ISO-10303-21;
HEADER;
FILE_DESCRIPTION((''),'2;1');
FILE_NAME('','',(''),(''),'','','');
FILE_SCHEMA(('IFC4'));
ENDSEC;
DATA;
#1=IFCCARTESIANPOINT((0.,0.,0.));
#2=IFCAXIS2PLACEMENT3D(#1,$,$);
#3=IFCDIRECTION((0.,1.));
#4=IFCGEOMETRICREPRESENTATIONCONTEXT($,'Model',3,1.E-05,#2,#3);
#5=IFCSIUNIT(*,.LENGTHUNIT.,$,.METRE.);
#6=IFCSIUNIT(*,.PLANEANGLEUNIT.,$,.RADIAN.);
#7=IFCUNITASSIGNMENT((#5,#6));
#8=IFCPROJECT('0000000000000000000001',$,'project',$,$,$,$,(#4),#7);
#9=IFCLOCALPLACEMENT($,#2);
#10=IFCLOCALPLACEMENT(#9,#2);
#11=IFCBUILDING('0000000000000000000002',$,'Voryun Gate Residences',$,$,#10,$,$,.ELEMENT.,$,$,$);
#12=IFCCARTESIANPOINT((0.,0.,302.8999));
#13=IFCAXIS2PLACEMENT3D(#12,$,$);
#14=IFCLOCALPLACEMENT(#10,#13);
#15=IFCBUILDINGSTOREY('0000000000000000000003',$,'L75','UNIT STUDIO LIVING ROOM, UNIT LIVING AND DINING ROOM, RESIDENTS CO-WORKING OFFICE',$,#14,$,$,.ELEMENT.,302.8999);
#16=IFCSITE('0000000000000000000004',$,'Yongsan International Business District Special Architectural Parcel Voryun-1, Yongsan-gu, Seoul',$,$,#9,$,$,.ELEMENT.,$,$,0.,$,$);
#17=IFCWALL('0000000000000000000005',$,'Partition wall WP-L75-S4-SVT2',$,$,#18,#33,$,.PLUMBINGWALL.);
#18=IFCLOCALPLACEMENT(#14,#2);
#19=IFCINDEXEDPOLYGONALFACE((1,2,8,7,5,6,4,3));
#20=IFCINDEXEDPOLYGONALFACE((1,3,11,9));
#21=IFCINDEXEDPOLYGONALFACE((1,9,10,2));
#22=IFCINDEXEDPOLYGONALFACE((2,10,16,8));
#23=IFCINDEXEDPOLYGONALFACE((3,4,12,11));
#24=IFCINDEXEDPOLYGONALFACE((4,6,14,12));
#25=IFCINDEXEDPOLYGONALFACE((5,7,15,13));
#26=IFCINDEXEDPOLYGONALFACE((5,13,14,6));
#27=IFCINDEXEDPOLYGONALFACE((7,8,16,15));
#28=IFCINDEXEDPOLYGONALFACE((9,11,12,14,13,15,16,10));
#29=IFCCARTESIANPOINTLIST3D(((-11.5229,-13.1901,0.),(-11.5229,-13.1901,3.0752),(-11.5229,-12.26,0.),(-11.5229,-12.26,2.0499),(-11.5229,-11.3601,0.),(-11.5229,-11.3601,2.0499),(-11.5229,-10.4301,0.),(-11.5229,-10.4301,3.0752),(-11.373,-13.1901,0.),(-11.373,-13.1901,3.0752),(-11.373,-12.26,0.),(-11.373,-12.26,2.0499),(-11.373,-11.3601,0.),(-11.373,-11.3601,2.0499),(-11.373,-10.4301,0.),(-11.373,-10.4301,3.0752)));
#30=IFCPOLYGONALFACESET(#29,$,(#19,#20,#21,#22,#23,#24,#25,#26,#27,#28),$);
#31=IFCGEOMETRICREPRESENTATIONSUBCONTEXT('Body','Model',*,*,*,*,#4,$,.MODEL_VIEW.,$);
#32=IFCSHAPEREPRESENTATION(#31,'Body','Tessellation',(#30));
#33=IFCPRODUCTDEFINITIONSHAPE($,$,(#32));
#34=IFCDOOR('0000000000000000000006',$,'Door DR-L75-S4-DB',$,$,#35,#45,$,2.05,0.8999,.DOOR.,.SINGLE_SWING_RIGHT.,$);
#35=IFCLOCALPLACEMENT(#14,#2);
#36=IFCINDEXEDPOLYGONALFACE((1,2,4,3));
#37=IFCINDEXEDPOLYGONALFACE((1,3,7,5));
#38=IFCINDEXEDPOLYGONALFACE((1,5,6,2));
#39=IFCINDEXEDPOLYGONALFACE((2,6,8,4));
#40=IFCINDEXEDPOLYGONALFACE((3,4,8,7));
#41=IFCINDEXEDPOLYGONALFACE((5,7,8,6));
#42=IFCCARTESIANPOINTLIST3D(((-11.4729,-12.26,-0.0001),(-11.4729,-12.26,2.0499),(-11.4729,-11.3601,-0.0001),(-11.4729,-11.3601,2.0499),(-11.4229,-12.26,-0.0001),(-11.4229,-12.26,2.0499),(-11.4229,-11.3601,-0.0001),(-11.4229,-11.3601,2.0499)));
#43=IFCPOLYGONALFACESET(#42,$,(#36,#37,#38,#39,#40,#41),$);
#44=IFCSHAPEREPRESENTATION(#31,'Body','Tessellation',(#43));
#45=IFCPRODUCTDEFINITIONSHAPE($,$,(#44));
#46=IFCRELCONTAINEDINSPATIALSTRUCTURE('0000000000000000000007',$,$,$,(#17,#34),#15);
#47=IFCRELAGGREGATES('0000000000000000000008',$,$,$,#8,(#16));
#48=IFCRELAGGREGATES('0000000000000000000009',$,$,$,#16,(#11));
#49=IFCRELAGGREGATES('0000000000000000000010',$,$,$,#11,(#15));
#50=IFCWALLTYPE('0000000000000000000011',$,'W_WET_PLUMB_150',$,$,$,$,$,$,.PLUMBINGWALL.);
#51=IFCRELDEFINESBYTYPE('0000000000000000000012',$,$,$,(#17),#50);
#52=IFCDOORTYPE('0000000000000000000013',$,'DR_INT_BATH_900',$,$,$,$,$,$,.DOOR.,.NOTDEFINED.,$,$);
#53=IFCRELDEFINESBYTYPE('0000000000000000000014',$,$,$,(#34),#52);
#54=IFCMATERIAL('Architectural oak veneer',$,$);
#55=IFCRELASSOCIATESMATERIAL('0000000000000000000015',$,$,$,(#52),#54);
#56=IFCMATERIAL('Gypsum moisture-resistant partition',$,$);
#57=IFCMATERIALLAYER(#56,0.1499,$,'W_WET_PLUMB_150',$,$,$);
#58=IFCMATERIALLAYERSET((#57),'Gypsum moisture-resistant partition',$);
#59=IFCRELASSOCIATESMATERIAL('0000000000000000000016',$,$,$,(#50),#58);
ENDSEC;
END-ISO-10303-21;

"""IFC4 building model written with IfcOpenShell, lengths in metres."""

from ifc_helpers import new_model, si_unit, direction, frame, frame_2d, origin, place, context, subcontext, project, spatial, rectangle, extrude, material, layer, layer_set, type_object, element, fill, save


model = new_model("IFC4")

# Units and contexts
model_context = context("Model", 3, precision=1e-05, world=origin(), true_north=direction((0.0, 1.0)))
body_context = subcontext(model_context, "Body", "Model", "MODEL_VIEW")
ifc_project = project(units=[si_unit("LENGTHUNIT", "METRE"), si_unit("PLANEANGLEUNIT", "RADIAN")], contexts=[model_context])

# Site, building, storey
site_placement = place(None, origin())
site = spatial("IfcSite", under=ifc_project, at=site_placement, Name="Yongsan International Business District Special Architectural Parcel Voryun-1, Yongsan-gu, Seoul", CompositionType="ELEMENT", RefElevation=0.0)
building_placement = place(site_placement, origin())
building = spatial("IfcBuilding", under=site, at=building_placement, Name="Voryun Gate Residences", CompositionType="ELEMENT")
storey_placement = place(building_placement, frame((0.0, 0.0, 302.8999)))
storey = spatial("IfcBuildingStorey", under=building, at=storey_placement, Name="L75", Description="UNIT STUDIO LIVING ROOM, UNIT LIVING AND DINING ROOM, RESIDENTS CO-WORKING OFFICE", CompositionType="ELEMENT", Elevation=302.8999)

# Shared definitions
ifc_material_1 = material(Name="Architectural oak veneer")
door_type_1 = type_object("IfcDoorType", Name="DR_INT_BATH_900", OperationType="NOTDEFINED", PredefinedType="DOOR", material=ifc_material_1)

# Shared definitions
ifc_material_2 = material(Name="Gypsum moisture-resistant partition")
ifc_layer_1 = layer(ifc_material_2, 0.1499, Name="W_WET_PLUMB_150")
ifc_layer_set_1 = layer_set([ifc_layer_1], Name="Gypsum moisture-resistant partition")
wall_type_1 = type_object("IfcWallType", Name="W_WET_PLUMB_150", PredefinedType="PLUMBINGWALL", material=ifc_layer_set_1)

# Wall, opening, door
wall_1_placement = place(storey_placement, frame((-11.448, -13.1899, 0.0), z_axis=(0.0, 0.0, 1.0), x_axis=(0.0, 1.0, 0.0)))
wall_1 = element("IfcWall", 1, at=wall_1_placement, inside=storey, type_object=wall_type_1, Name="Partition wall WP-L75-S4-SVT2", PredefinedType="PLUMBINGWALL", context=body_context, shape_type="SweptSolid", body=[
    extrude(rectangle(XDim=2.76, YDim=0.1499, at=frame_2d((1.3799, 0.0))), origin(), (0.0, 0.0, 1.0), 3.0752),
])
opening_1_placement = place(wall_1_placement, frame((0.9299, 0.0, 0.0)))
opening_1 = element("IfcOpeningElement", 2, at=opening_1_placement, cuts=wall_1, PredefinedType="OPENING", context=body_context, shape_type="SweptSolid", body=[
    extrude(rectangle(XDim=0.8999, YDim=2.05, at=frame_2d((0.45, 1.0249))), frame((0.0, 0.085, 0.0), z_axis=(0.0, -1.0, 0.0), x_axis=(1.0, 0.0, 0.0)), (0.0, 0.0, 1.0), 0.1699),
])
door_1_placement = place(opening_1_placement, origin())
door_1 = element("IfcDoor", 3, at=door_1_placement, inside=storey, type_object=door_type_1, Name="Door DR-L75-S4-DB", OperationType="SINGLE_SWING_RIGHT", OverallHeight=2.05, OverallWidth=0.8999, PredefinedType="DOOR", context=body_context, shape_type="SweptSolid", body=[
    extrude(rectangle(XDim=0.8999, YDim=2.05, at=frame_2d((0.45, 1.0249))), frame((0.0, 0.0249, 0.0), z_axis=(0.0, -1.0, 0.0), x_axis=(1.0, 0.0, 0.0)), (0.0, 0.0, 1.0), 0.05),
])
fill(opening_1, door_1)

save(model, "model.ifc")
